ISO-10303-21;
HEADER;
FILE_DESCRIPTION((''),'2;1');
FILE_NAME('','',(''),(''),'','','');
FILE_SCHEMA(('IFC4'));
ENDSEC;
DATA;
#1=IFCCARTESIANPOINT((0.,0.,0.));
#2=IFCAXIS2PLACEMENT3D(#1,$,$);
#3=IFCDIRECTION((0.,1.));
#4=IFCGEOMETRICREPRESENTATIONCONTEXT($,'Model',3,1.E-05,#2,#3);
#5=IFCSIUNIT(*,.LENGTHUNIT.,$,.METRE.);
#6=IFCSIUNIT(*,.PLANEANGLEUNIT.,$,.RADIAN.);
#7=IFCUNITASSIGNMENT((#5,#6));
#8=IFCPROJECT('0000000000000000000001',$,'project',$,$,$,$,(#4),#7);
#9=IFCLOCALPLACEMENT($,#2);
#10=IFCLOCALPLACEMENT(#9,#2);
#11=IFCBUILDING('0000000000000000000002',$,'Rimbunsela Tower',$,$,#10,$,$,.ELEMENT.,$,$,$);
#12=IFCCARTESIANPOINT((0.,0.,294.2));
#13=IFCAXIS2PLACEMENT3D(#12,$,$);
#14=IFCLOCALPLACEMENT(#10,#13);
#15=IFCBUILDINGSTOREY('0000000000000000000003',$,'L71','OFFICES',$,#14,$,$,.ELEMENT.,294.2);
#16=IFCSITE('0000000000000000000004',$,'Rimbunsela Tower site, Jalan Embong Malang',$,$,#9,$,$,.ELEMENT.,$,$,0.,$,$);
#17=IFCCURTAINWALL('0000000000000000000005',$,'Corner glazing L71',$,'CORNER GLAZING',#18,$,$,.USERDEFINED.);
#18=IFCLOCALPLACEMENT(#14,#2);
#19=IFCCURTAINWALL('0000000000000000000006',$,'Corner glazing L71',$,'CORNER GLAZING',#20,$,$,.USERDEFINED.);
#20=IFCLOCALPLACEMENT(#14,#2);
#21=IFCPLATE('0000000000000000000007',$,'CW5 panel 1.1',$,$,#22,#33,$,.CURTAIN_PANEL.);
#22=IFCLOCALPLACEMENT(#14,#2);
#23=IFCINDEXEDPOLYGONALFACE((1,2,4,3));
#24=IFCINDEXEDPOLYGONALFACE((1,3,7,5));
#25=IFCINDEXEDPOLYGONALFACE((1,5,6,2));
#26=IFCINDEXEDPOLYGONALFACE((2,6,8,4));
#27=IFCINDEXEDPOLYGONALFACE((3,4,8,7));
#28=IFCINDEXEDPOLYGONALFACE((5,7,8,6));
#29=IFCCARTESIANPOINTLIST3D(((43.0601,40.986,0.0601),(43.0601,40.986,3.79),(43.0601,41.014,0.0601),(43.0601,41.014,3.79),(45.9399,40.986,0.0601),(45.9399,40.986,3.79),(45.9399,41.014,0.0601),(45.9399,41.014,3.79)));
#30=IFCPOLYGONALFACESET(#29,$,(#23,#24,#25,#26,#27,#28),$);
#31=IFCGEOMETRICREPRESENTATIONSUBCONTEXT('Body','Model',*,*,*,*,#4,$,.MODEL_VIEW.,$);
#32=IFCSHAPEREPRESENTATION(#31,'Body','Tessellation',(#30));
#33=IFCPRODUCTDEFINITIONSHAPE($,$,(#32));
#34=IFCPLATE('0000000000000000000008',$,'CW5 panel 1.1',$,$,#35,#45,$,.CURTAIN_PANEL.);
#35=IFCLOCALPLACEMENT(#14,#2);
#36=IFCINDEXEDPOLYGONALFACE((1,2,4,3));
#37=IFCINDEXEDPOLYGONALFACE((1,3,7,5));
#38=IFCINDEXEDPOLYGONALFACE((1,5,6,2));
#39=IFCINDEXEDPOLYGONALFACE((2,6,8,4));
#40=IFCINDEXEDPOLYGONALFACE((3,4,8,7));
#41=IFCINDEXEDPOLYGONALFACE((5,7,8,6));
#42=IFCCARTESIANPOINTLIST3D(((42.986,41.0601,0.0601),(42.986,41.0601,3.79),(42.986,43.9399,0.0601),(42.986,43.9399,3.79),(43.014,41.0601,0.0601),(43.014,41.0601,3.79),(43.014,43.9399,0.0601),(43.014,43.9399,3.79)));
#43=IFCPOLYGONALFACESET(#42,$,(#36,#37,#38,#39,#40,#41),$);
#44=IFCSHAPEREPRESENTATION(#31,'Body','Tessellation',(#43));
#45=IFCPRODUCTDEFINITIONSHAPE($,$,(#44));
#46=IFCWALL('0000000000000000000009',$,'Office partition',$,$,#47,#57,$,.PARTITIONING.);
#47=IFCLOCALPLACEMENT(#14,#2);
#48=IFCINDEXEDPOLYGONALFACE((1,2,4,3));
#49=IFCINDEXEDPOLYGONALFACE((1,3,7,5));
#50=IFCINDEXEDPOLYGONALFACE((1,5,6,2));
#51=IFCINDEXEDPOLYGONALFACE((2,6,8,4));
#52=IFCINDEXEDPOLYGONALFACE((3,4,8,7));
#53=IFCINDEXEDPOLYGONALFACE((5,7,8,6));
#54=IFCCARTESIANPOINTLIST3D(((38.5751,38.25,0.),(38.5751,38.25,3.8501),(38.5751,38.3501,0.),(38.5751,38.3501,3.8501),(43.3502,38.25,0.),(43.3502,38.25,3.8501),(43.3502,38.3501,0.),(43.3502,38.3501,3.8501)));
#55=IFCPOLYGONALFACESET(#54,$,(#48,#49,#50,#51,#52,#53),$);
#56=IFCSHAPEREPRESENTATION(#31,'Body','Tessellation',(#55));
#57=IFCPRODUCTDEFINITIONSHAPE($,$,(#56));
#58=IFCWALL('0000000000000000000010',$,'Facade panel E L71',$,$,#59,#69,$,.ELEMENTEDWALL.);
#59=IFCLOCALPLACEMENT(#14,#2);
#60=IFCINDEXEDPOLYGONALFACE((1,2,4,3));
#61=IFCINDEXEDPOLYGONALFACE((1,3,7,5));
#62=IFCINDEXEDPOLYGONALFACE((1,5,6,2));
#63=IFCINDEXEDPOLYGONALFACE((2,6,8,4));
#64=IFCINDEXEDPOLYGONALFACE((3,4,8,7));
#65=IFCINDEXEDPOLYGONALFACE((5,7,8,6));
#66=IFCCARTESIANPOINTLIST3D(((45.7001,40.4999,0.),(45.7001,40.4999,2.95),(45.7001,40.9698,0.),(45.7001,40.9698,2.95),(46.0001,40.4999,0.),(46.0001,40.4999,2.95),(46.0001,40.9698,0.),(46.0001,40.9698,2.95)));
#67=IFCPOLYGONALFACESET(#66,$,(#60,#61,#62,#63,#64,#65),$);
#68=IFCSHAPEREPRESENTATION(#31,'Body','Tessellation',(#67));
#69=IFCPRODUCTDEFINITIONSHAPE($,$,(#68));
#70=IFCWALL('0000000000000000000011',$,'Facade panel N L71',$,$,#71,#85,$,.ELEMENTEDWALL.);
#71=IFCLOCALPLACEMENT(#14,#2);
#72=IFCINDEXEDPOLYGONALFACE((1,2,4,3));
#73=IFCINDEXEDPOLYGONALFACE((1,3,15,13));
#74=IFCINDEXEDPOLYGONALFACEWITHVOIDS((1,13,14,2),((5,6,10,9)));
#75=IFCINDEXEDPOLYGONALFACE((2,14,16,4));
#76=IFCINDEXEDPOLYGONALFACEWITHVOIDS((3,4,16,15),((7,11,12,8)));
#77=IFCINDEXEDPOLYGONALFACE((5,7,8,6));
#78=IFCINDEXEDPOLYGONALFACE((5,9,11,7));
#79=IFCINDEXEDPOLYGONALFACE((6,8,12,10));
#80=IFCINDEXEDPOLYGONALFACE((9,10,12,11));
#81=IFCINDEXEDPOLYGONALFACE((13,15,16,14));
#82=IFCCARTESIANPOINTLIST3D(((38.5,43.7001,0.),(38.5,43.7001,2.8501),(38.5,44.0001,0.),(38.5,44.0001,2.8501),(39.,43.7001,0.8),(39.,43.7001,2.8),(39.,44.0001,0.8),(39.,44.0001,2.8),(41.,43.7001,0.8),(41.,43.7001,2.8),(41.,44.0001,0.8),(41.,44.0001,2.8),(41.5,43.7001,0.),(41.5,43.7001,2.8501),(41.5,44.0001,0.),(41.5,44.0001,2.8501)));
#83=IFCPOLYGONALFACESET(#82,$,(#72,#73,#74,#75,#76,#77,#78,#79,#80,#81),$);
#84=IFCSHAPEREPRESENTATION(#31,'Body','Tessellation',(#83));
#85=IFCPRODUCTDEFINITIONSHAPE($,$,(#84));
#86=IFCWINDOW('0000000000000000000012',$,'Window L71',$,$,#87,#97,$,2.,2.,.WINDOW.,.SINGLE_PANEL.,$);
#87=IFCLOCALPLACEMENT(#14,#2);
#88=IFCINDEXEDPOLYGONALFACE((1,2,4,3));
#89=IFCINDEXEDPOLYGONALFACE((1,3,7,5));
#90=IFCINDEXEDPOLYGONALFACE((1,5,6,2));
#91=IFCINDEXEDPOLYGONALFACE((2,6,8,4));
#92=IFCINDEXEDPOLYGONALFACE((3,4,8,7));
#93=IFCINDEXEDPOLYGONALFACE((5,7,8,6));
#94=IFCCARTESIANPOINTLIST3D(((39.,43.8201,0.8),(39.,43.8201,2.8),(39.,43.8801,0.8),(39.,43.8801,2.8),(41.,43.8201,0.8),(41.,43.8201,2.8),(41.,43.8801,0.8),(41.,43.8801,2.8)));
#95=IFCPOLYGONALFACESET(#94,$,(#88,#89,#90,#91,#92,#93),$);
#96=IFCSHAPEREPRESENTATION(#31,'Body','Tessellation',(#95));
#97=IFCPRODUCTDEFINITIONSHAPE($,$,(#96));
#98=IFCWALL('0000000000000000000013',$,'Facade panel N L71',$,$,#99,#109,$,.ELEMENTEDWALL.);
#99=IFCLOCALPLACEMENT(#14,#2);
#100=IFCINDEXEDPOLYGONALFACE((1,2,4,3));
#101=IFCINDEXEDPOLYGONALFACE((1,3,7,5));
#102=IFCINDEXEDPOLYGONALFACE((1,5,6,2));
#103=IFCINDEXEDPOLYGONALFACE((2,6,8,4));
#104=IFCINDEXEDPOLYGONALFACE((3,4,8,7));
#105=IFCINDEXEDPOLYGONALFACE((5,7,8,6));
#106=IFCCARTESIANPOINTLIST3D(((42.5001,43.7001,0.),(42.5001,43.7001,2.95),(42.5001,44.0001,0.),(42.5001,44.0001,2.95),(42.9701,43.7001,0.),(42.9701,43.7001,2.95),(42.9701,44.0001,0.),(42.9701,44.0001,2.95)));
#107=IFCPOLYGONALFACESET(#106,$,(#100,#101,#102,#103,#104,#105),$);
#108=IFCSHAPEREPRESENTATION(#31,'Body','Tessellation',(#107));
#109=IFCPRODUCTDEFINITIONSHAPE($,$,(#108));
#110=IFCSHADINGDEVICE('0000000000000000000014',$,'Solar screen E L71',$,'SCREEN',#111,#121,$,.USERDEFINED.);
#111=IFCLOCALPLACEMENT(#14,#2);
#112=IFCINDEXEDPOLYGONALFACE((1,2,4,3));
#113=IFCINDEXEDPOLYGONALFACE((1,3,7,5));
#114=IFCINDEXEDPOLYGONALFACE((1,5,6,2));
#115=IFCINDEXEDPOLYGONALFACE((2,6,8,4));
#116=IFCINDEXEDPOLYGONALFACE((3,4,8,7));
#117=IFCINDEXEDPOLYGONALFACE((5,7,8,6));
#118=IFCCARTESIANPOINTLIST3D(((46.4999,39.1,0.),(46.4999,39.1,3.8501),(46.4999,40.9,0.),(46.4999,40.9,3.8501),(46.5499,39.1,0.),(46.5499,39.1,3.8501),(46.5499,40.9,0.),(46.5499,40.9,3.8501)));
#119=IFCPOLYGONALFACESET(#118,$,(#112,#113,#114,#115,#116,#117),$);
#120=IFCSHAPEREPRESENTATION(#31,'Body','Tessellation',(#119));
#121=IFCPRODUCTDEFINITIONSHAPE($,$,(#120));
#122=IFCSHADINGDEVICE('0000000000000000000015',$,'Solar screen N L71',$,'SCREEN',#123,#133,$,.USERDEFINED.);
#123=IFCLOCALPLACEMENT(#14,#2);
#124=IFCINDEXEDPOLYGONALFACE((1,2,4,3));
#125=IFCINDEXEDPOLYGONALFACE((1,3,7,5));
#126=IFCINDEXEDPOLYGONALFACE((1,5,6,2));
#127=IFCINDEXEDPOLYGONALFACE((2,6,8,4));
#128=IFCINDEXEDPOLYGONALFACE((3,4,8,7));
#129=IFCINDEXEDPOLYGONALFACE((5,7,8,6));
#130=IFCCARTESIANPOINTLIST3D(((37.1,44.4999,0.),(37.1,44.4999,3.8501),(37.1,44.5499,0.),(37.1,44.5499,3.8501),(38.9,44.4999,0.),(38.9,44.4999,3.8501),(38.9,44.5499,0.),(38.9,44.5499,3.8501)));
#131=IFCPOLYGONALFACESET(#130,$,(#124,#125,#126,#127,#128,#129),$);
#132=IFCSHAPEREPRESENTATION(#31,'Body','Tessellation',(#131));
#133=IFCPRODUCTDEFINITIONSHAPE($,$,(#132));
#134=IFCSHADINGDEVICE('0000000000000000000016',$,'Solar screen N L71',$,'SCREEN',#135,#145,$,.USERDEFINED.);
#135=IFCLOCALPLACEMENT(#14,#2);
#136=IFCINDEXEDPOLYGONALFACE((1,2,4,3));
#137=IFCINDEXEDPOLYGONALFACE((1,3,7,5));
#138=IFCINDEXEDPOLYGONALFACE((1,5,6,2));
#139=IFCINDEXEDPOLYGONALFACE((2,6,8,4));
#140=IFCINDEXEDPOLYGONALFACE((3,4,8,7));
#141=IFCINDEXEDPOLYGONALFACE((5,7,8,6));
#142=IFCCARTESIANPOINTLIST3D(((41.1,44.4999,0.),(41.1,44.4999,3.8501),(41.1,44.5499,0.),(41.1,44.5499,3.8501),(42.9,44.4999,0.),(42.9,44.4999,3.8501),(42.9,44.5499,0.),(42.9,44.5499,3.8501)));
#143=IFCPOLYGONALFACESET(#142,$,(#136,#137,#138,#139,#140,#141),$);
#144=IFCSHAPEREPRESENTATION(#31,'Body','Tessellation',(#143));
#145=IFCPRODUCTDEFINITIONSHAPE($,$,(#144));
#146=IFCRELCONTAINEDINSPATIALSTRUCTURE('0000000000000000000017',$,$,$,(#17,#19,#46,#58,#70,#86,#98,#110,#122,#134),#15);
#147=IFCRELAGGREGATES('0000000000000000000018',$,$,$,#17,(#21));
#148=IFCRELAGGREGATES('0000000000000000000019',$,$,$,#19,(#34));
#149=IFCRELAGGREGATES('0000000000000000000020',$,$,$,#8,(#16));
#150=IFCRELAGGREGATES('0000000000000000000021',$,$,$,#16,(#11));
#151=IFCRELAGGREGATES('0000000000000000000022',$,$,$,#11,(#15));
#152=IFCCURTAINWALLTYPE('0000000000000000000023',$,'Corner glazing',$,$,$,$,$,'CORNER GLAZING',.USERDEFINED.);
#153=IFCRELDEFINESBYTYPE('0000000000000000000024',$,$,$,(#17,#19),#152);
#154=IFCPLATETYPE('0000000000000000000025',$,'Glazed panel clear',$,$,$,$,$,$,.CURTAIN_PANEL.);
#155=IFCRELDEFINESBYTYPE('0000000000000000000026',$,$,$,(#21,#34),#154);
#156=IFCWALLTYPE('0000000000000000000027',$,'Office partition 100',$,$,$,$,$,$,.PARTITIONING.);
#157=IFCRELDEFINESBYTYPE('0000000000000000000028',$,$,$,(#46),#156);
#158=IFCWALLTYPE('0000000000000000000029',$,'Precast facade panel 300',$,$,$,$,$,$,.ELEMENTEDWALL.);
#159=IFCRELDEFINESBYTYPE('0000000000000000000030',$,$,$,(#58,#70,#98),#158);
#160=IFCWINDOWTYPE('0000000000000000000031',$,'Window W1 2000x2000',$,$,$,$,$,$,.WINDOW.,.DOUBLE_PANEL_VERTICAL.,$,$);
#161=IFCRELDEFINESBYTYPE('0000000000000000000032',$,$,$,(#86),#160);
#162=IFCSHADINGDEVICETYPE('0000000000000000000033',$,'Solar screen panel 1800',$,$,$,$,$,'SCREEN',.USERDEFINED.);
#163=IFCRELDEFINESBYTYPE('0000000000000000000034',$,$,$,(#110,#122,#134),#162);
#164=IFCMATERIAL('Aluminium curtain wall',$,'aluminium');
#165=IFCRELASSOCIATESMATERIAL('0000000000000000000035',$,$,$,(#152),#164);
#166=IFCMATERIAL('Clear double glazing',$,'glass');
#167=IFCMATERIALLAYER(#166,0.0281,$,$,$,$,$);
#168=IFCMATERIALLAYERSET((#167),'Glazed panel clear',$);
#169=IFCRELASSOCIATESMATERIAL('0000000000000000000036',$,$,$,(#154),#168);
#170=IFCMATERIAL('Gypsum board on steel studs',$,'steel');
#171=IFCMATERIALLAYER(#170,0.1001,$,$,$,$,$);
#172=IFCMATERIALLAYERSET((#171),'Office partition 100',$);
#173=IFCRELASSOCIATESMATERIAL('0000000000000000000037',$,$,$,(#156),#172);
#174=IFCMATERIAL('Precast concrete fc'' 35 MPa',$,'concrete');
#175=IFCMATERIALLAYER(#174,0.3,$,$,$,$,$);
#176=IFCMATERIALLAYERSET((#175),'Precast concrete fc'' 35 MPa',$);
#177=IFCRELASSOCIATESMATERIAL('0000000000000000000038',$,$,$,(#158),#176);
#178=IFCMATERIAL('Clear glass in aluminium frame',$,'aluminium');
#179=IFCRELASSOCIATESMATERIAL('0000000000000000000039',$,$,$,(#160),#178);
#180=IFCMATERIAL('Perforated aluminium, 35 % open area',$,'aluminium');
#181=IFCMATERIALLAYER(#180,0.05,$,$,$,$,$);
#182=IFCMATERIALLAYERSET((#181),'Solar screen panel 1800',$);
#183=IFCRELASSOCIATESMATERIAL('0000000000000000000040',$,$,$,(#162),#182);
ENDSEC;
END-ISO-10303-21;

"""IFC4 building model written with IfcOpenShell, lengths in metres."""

from ifc_helpers import new_model, si_unit, direction, frame, frame_2d, origin, origin_2d, place, context, subcontext, project, spatial, rectangle, extrude, material, layer, layer_set, type_object, element, fill, aggregate, save


model = new_model("IFC4")

# Units and contexts
model_context = context("Model", 3, precision=1e-05, world=origin(), true_north=direction((0.0, 1.0)))
body_context = subcontext(model_context, "Body", "Model", "MODEL_VIEW")
ifc_project = project(units=[si_unit("LENGTHUNIT", "METRE"), si_unit("PLANEANGLEUNIT", "RADIAN")], contexts=[model_context])

# Site, building, storey
site_placement = place(None, origin())
site = spatial("IfcSite", under=ifc_project, at=site_placement, Name="Rimbunsela Tower site, Jalan Embong Malang", CompositionType="ELEMENT", RefElevation=0.0)
building_placement = place(site_placement, origin())
building = spatial("IfcBuilding", under=site, at=building_placement, Name="Rimbunsela Tower", CompositionType="ELEMENT")
storey_placement = place(building_placement, frame((0.0, 0.0, 294.2)))
storey = spatial("IfcBuildingStorey", under=building, at=storey_placement, Name="L71", Description="OFFICES", CompositionType="ELEMENT", Elevation=294.2)

# Curtain walls
ifc_material_1 = material(Name="Aluminium curtain wall", Category="aluminium")
curtain_wall_type = type_object("IfcCurtainWallType", Name="Corner glazing", ElementType="CORNER GLAZING", PredefinedType="USERDEFINED", material=ifc_material_1)
curtain_wall_1_placement = place(storey_placement, origin())
curtain_wall_1 = element("IfcCurtainWall", 1, at=curtain_wall_1_placement, inside=storey, type_object=curtain_wall_type, Name="Corner glazing L71", ObjectType="CORNER GLAZING", PredefinedType="USERDEFINED")
curtain_wall_2_placement = place(storey_placement, origin())
curtain_wall_2 = element("IfcCurtainWall", 2, at=curtain_wall_2_placement, inside=storey, type_object=curtain_wall_type, Name="Corner glazing L71", ObjectType="CORNER GLAZING", PredefinedType="USERDEFINED")

# Plates
ifc_material_2 = material(Name="Clear double glazing", Category="glass")
ifc_layer_1 = layer(ifc_material_2, 0.0281)
ifc_layer_set_1 = layer_set([ifc_layer_1], Name="Glazed panel clear")
plate_type = type_object("IfcPlateType", Name="Glazed panel clear", PredefinedType="CURTAIN_PANEL", material=ifc_layer_set_1)
plate_1_placement = place(storey_placement, frame((44.5, 41.0, 0.0601), z_axis=(0.0, 0.0, 1.0), x_axis=(-1.0, 0.0, 0.0)))
plate_1 = element("IfcPlate", 3, at=plate_1_placement, type_object=plate_type, Name="CW5 panel 1.1", PredefinedType="CURTAIN_PANEL", context=body_context, shape_type="SweptSolid", body=[
    extrude(rectangle(XDim=2.8799, YDim=0.0281, at=origin_2d()), origin(), (0.0, 0.0, 1.0), 3.73),
])
aggregate(curtain_wall_1, [plate_1])
plate_2_placement = place(storey_placement, frame((43.0, 42.5, 0.0601), z_axis=(0.0, 0.0, 1.0), x_axis=(0.0, 1.0, 0.0)))
plate_2 = element("IfcPlate", 4, at=plate_2_placement, type_object=plate_type, Name="CW5 panel 1.1", PredefinedType="CURTAIN_PANEL", context=body_context, shape_type="SweptSolid", body=[
    extrude(rectangle(XDim=2.8799, YDim=0.0281, at=origin_2d()), origin(), (0.0, 0.0, 1.0), 3.73),
])
aggregate(curtain_wall_2, [plate_2])

# Walls
ifc_material_3 = material(Name="Gypsum board on steel studs", Category="steel")
ifc_layer_2 = layer(ifc_material_3, 0.1001)
ifc_layer_set_2 = layer_set([ifc_layer_2], Name="Office partition 100")
wall_type_1 = type_object("IfcWallType", Name="Office partition 100", PredefinedType="PARTITIONING", material=ifc_layer_set_2)
wall_1_placement = place(storey_placement, frame((38.575, 38.3, 0.0), z_axis=(0.0, 0.0, 1.0), x_axis=(1.0, 0.0, 0.0)))
element("IfcWall", 5, at=wall_1_placement, inside=storey, type_object=wall_type_1, Name="Office partition", PredefinedType="PARTITIONING", context=body_context, shape_type="SweptSolid", body=[
    extrude(rectangle(XDim=4.7751, YDim=0.1001, at=frame_2d((2.3877, 0.0))), origin(), (0.0, 0.0, 1.0), 3.8501),
])
ifc_material_4 = material(Name="Precast concrete fc' 35 MPa", Category="concrete")
ifc_layer_3 = layer(ifc_material_4, 0.3)
ifc_layer_set_3 = layer_set([ifc_layer_3], Name="Precast concrete fc' 35 MPa")
wall_type_2 = type_object("IfcWallType", Name="Precast facade panel 300", PredefinedType="ELEMENTEDWALL", material=ifc_layer_set_3)
wall_2_placement = place(storey_placement, frame((45.8501, 40.5, 0.0), z_axis=(0.0, 0.0, 1.0), x_axis=(0.0, 1.0, 0.0)))
element("IfcWall", 6, at=wall_2_placement, inside=storey, type_object=wall_type_2, Name="Facade panel E L71", PredefinedType="ELEMENTEDWALL", context=body_context, shape_type="SweptSolid", body=[
    extrude(rectangle(XDim=0.47, YDim=0.3, at=frame_2d((0.2349, 0.0))), origin(), (0.0, 0.0, 1.0), 2.95),
])

# Wall, opening, window
wall_3_placement = place(storey_placement, frame((41.5, 43.8501, 0.0), z_axis=(0.0, 0.0, 1.0), x_axis=(-1.0, 0.0, 0.0)))
wall_3 = element("IfcWall", 7, at=wall_3_placement, inside=storey, type_object=wall_type_2, Name="Facade panel N L71", PredefinedType="ELEMENTEDWALL", context=body_context, shape_type="SweptSolid", body=[
    extrude(rectangle(XDim=3.0, YDim=0.3, at=frame_2d((1.5, 0.0))), origin(), (0.0, 0.0, 1.0), 2.8501),
])
opening_placement = place(wall_3_placement, frame((0.5, 0.0, 0.8)))
opening = element("IfcOpeningElement", 8, at=opening_placement, cuts=wall_3, PredefinedType="OPENING", context=body_context, shape_type="SweptSolid", body=[
    extrude(rectangle(XDim=2.0, YDim=2.0, at=frame_2d((1.0, 1.0))), frame((0.0, 0.1599, 0.0), z_axis=(0.0, -1.0, 0.0), x_axis=(1.0, 0.0, 0.0)), (0.0, 0.0, 1.0), 0.3201),
])
ifc_material_5 = material(Name="Clear glass in aluminium frame", Category="aluminium")
window_type = type_object("IfcWindowType", Name="Window W1 2000x2000", PartitioningType="DOUBLE_PANEL_VERTICAL", PredefinedType="WINDOW", material=ifc_material_5)
window_placement = place(opening_placement, origin())
window = element("IfcWindow", 9, at=window_placement, inside=storey, type_object=window_type, Name="Window L71", OverallHeight=2.0, OverallWidth=2.0, PartitioningType="SINGLE_PANEL", PredefinedType="WINDOW", context=body_context, shape_type="SweptSolid", body=[
    extrude(rectangle(XDim=2.0, YDim=2.0, at=frame_2d((1.0, 1.0))), frame((0.0, 0.03, 0.0), z_axis=(0.0, -1.0, 0.0), x_axis=(1.0, 0.0, 0.0)), (0.0, 0.0, 1.0), 0.0601),
])
fill(opening, window)

# Wall
wall_4_placement = place(storey_placement, frame((42.97, 43.8501, 0.0), z_axis=(0.0, 0.0, 1.0), x_axis=(-1.0, 0.0, 0.0)))
element("IfcWall", 10, at=wall_4_placement, inside=storey, type_object=wall_type_2, Name="Facade panel N L71", PredefinedType="ELEMENTEDWALL", context=body_context, shape_type="SweptSolid", body=[
    extrude(rectangle(XDim=0.47, YDim=0.3, at=frame_2d((0.2349, 0.0))), origin(), (0.0, 0.0, 1.0), 2.95),
])

# Shading devices
ifc_material_6 = material(Name="Perforated aluminium, 35 % open area", Category="aluminium")
ifc_layer_4 = layer(ifc_material_6, 0.05)
ifc_layer_set_4 = layer_set([ifc_layer_4], Name="Solar screen panel 1800")
shading_device_type = type_object("IfcShadingDeviceType", Name="Solar screen panel 1800", ElementType="SCREEN", PredefinedType="USERDEFINED", material=ifc_layer_set_4)
for number, where, z_axis, x_axis, name in (
    (11, (46.5249, 40.0, 0.0), (0.0, 0.0, 1.0), (0.0, 1.0, 0.0), "Solar screen E L71"),
    (12, (38.0, 44.5249, 0.0), (0.0, 0.0, 1.0), (1.0, 0.0, 0.0), "Solar screen N L71"),
    (13, (42.0, 44.5249, 0.0), (0.0, 0.0, 1.0), (1.0, 0.0, 0.0), "Solar screen N L71"),
):
    element("IfcShadingDevice", number, at=place(storey_placement, frame(where, z_axis=z_axis, x_axis=x_axis)), inside=storey, type_object=shading_device_type, Name=name, ObjectType="SCREEN", PredefinedType="USERDEFINED", context=body_context, shape_type="SweptSolid", body=[
        extrude(rectangle(XDim=1.8, YDim=0.05, at=origin_2d()), origin(), (0.0, 0.0, 1.0), 3.8501),
    ])

save(model, "model.ifc")
